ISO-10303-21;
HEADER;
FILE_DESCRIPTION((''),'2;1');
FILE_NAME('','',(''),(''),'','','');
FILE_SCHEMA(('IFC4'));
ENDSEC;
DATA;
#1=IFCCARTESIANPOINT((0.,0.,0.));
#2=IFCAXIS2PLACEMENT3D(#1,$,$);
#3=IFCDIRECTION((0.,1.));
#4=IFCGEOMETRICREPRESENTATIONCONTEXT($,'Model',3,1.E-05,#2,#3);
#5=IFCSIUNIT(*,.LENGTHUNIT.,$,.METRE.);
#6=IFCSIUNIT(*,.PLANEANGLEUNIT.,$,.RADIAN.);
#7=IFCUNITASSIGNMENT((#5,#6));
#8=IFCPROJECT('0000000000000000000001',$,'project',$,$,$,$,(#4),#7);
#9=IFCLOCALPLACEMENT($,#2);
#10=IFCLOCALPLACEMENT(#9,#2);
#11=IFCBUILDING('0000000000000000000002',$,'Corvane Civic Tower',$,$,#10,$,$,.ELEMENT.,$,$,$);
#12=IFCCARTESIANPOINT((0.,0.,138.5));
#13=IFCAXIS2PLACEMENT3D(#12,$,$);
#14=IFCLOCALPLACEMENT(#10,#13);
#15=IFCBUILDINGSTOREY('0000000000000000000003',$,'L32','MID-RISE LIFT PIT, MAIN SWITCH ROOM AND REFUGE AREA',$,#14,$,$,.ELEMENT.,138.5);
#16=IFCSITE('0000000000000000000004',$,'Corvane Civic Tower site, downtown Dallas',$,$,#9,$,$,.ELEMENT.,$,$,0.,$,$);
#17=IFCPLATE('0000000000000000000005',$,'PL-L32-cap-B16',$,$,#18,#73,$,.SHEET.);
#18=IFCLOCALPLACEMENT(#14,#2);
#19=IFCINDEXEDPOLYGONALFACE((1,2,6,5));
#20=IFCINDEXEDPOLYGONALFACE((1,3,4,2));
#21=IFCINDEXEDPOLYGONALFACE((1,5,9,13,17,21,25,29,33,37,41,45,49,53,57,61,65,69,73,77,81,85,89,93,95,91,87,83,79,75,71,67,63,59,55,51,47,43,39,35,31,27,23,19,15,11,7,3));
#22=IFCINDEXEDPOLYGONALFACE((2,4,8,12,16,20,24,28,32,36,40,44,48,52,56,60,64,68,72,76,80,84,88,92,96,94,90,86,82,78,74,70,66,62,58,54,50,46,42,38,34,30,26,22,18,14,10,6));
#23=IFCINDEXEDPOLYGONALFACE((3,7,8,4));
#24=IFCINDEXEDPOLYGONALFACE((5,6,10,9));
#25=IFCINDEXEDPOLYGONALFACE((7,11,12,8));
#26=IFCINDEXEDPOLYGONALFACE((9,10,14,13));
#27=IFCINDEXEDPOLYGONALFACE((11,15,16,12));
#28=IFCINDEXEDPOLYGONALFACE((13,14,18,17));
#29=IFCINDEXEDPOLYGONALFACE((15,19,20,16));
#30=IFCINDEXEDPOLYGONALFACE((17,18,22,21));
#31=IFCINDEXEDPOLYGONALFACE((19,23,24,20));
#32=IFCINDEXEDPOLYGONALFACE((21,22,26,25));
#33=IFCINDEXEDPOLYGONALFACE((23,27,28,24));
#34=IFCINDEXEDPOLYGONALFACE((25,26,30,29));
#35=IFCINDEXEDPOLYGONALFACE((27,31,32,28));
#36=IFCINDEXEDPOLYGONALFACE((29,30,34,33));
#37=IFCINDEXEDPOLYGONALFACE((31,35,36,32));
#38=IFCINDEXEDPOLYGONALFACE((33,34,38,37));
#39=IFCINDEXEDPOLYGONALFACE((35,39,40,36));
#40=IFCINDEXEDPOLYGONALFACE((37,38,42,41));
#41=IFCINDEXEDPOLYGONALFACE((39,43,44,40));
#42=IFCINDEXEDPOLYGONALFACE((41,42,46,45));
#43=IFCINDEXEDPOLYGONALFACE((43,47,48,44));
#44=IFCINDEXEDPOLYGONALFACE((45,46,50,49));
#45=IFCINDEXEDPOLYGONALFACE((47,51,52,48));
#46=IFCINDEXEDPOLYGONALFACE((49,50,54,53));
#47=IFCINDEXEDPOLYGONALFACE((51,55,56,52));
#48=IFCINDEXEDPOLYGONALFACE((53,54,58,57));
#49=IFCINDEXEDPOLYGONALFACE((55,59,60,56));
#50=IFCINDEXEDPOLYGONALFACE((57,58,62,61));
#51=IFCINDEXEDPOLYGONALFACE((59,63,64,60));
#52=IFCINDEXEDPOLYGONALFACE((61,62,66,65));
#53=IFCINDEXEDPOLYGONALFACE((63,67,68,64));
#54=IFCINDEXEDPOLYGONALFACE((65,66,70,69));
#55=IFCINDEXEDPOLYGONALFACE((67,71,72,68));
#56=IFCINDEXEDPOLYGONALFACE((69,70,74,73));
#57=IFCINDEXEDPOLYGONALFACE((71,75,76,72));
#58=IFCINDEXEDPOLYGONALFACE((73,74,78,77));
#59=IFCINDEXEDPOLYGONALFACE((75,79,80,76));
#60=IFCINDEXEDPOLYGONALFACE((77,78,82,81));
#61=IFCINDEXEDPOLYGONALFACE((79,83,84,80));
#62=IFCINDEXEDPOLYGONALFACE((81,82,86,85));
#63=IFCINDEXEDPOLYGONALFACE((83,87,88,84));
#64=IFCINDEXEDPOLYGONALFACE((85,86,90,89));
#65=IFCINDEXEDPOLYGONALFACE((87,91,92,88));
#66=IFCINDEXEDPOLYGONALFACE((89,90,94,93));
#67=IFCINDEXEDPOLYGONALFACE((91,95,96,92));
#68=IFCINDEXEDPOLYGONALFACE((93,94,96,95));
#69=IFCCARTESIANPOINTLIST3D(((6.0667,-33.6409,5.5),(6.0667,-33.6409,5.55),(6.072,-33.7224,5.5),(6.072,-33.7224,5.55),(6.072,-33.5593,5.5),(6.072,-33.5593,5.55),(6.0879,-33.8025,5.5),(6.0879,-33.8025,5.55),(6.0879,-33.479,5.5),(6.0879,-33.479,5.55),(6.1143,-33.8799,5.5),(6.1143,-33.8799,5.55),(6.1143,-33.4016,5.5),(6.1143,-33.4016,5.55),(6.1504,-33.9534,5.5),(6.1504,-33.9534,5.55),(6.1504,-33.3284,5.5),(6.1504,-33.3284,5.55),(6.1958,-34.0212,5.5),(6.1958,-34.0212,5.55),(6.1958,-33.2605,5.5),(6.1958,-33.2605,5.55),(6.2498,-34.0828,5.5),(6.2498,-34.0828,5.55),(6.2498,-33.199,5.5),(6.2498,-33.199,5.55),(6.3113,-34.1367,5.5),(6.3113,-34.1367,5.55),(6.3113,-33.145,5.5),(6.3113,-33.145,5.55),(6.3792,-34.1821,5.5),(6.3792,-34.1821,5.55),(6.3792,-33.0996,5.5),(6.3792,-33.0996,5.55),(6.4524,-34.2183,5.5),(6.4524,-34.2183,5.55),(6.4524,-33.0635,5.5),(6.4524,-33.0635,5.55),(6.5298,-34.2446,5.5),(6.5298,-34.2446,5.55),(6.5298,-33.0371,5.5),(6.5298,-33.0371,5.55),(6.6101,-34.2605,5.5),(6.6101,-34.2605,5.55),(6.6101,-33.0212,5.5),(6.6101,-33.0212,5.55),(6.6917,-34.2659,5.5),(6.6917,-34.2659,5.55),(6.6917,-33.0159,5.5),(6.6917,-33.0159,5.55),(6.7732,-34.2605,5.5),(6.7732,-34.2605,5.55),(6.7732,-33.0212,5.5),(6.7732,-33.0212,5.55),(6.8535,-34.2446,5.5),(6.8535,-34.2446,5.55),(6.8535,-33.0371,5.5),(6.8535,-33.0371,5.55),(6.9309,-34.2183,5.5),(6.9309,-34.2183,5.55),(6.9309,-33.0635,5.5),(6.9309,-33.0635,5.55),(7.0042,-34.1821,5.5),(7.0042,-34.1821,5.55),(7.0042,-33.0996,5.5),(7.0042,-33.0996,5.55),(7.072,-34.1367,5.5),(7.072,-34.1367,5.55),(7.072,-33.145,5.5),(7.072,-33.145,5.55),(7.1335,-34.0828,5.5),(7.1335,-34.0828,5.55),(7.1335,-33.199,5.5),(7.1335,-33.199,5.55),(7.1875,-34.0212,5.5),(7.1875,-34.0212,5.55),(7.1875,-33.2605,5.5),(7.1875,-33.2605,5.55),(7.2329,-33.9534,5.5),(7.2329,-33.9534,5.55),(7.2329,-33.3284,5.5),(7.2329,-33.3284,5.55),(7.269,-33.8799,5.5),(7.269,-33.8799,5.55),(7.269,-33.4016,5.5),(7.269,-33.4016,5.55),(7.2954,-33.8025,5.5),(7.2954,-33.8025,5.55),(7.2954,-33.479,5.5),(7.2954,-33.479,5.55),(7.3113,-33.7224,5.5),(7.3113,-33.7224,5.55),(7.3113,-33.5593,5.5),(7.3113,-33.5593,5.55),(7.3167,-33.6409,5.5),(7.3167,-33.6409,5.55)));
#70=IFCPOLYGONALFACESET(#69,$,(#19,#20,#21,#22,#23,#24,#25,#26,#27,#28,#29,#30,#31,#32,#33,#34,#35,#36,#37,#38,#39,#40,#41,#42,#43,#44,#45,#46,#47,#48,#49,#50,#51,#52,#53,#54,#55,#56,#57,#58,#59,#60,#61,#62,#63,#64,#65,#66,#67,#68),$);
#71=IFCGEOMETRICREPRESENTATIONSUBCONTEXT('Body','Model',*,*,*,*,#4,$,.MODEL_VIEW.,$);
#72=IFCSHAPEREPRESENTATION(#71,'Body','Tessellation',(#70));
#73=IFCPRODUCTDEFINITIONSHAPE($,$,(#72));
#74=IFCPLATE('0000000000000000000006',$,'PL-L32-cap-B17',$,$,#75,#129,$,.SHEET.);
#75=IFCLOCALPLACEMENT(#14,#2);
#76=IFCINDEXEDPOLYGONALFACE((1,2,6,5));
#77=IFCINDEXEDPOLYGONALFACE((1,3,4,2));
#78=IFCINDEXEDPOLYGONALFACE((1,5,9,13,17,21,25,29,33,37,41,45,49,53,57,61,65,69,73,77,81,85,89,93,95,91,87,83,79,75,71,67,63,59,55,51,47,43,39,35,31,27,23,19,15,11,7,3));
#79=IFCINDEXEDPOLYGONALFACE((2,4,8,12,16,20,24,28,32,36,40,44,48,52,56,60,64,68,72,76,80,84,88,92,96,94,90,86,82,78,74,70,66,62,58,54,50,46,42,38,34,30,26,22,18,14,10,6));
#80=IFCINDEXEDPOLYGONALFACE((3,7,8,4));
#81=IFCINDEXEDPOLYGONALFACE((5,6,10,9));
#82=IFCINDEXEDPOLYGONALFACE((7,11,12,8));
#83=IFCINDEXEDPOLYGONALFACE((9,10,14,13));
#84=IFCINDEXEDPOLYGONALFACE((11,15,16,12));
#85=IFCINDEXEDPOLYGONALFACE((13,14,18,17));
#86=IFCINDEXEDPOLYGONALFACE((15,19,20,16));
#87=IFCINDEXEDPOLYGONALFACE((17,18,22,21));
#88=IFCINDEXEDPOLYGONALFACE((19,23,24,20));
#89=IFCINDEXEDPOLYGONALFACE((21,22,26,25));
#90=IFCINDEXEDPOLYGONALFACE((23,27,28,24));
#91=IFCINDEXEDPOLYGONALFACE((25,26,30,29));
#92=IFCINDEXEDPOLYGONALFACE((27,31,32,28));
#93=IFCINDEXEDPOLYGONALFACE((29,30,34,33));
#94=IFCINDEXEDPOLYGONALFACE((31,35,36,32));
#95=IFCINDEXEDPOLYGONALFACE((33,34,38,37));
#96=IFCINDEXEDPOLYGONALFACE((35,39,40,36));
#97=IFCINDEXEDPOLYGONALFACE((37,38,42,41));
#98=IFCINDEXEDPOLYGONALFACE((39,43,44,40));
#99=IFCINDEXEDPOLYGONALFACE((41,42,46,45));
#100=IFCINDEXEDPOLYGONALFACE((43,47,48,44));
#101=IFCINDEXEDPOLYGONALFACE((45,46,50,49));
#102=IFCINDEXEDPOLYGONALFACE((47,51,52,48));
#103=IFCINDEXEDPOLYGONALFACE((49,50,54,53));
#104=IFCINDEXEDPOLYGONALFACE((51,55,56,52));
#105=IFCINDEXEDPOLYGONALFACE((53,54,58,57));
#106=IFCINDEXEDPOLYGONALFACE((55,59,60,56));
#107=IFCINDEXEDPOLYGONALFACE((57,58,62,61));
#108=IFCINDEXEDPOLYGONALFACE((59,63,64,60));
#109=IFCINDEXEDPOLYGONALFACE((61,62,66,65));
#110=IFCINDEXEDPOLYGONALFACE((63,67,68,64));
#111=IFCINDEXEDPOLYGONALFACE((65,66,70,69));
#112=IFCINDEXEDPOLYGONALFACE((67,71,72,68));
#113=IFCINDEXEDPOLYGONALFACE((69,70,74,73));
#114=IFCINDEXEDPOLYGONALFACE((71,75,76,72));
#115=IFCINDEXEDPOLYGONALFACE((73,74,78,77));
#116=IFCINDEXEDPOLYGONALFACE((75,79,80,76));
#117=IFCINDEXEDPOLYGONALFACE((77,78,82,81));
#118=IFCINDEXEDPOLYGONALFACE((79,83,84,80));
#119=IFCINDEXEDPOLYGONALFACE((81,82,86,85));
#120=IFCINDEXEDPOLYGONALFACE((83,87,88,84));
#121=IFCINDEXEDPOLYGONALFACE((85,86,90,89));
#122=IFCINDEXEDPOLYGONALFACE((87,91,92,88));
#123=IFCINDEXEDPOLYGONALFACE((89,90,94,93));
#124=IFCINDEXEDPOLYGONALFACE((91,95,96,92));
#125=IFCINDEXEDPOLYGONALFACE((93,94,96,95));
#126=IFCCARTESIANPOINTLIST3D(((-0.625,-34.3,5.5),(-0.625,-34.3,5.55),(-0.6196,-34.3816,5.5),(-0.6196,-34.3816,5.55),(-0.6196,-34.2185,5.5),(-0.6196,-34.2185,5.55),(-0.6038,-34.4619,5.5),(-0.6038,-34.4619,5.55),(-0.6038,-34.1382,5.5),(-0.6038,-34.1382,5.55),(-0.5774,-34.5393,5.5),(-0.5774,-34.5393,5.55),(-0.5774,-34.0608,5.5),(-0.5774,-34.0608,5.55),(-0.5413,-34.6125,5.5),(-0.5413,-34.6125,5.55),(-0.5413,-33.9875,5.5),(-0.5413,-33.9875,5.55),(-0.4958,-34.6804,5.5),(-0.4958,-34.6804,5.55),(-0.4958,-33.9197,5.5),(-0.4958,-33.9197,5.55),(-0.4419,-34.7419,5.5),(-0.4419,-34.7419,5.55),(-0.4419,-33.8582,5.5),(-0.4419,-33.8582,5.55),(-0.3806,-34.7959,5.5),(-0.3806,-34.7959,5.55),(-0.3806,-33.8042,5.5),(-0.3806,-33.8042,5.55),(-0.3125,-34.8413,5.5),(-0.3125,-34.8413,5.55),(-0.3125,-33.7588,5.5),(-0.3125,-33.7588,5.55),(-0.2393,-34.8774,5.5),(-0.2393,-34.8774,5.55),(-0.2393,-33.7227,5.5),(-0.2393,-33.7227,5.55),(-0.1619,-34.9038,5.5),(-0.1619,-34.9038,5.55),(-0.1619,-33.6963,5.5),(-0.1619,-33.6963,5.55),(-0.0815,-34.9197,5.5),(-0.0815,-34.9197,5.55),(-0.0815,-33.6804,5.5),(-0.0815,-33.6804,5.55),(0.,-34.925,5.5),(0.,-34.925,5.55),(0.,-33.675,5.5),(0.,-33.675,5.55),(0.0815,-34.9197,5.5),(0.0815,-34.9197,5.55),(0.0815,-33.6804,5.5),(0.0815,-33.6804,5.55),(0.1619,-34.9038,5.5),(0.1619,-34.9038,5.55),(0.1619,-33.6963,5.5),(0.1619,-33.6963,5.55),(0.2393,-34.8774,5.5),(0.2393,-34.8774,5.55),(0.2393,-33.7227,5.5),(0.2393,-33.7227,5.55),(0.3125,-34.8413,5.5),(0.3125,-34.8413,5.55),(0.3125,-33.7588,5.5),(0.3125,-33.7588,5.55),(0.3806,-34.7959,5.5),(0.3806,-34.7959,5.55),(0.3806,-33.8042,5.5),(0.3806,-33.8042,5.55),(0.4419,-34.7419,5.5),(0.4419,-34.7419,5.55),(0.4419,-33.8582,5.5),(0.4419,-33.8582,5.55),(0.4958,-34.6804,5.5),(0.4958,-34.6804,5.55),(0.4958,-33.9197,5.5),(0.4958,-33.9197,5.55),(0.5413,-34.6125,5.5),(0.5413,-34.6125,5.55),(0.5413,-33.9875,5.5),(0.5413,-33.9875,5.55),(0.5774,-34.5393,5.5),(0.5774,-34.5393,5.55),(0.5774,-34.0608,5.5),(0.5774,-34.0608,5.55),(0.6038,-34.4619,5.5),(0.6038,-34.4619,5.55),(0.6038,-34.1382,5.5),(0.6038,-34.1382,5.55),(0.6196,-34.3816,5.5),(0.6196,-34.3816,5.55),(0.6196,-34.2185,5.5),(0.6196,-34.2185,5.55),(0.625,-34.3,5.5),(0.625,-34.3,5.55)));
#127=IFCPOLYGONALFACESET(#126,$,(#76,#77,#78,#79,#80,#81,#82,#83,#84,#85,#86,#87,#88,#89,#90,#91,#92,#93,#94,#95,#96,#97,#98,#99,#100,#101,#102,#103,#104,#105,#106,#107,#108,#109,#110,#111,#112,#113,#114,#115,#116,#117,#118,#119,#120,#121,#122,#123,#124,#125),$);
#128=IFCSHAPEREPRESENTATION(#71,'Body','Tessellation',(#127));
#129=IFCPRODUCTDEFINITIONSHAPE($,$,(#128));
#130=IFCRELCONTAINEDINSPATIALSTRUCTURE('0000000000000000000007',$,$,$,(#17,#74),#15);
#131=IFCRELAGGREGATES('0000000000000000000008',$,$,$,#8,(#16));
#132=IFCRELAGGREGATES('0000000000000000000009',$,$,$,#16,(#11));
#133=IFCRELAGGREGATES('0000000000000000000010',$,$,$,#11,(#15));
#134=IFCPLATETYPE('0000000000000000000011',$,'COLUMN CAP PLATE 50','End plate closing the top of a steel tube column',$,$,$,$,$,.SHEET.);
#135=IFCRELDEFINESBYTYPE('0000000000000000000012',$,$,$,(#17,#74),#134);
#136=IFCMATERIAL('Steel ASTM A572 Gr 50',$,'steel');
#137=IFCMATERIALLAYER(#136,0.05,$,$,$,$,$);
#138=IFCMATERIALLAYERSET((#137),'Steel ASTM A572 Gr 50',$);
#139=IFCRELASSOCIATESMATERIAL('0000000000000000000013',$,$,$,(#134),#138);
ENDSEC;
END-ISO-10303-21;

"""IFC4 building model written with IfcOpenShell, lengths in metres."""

from ifc_helpers import new_model, si_unit, direction, frame, origin, place, context, subcontext, project, spatial, polyline, outline, extrude, material, layer, layer_set, type_object, element, save


model = new_model("IFC4")

# Units and contexts
model_context = context("Model", 3, precision=1e-05, world=origin(), true_north=direction((0.0, 1.0)))
body_context = subcontext(model_context, "Body", "Model", "MODEL_VIEW")
ifc_project = project(units=[si_unit("LENGTHUNIT", "METRE"), si_unit("PLANEANGLEUNIT", "RADIAN")], contexts=[model_context])

# Site, building, storey
site_placement = place(None, origin())
site = spatial("IfcSite", under=ifc_project, at=site_placement, Name="Corvane Civic Tower site, downtown Dallas", CompositionType="ELEMENT", RefElevation=0.0)
building_placement = place(site_placement, origin())
building = spatial("IfcBuilding", under=site, at=building_placement, Name="Corvane Civic Tower", CompositionType="ELEMENT")
storey_placement = place(building_placement, frame((0.0, 0.0, 138.5)))
storey = spatial("IfcBuildingStorey", under=building, at=storey_placement, Name="L32", Description="MID-RISE LIFT PIT, MAIN SWITCH ROOM AND REFUGE AREA", CompositionType="ELEMENT", Elevation=138.5)

# Plates
ifc_material_1 = material(Name="Steel ASTM A572 Gr 50", Category="steel")
ifc_layer_1 = layer(ifc_material_1, 0.05)
ifc_layer_set_1 = layer_set([ifc_layer_1], Name="Steel ASTM A572 Gr 50")
plate_type = type_object("IfcPlateType", Name="COLUMN CAP PLATE 50", Description="End plate closing the top of a steel tube column", PredefinedType="SHEET", material=ifc_layer_set_1)
plate_1_placement = place(storey_placement, frame((0.0, 0.0, 5.5)))
element("IfcPlate", 1, at=plate_1_placement, inside=storey, type_object=plate_type, Name="PL-L32-cap-B16", PredefinedType="SHEET", context=body_context, shape_type="SweptSolid", body=[
    extrude(outline(polyline([(7.3167, -33.6409), (7.3113, -33.5593), (7.2954, -33.479), (7.269, -33.4016), (7.2329, -33.3284), (7.1875, -33.2605), (7.1335, -33.199), (7.072, -33.145), (7.0042, -33.0996), (6.9309, -33.0635), (6.8535, -33.0371), (6.7732, -33.0212), (6.6917, -33.0159), (6.6101, -33.0212), (6.5298, -33.0371), (6.4524, -33.0635), (6.3792, -33.0996), (6.3113, -33.145), (6.2498, -33.199), (6.1958, -33.2605), (6.1504, -33.3284), (6.1143, -33.4016), (6.0879, -33.479), (6.072, -33.5593), (6.0667, -33.6409), (6.072, -33.7224), (6.0879, -33.8025), (6.1143, -33.8799), (6.1504, -33.9534), (6.1958, -34.0212), (6.2498, -34.0828), (6.3113, -34.1367), (6.3792, -34.1821), (6.4524, -34.2183), (6.5298, -34.2446), (6.6101, -34.2605), (6.6917, -34.2659), (6.7732, -34.2605), (6.8535, -34.2446), (6.9309, -34.2183), (7.0042, -34.1821), (7.072, -34.1367), (7.1335, -34.0828), (7.1875, -34.0212), (7.2329, -33.9534), (7.269, -33.8799), (7.2954, -33.8025), (7.3113, -33.7224), (7.3167, -33.6409)])), origin(), (0.0, 0.0, 1.0), 0.05),
])
plate_2_placement = place(storey_placement, frame((0.0, 0.0, 5.5)))
element("IfcPlate", 2, at=plate_2_placement, inside=storey, type_object=plate_type, Name="PL-L32-cap-B17", PredefinedType="SHEET", context=body_context, shape_type="SweptSolid", body=[
    extrude(outline(polyline([(0.625, -34.3), (0.6196, -34.2185), (0.6038, -34.1382), (0.5774, -34.0608), (0.5413, -33.9875), (0.4958, -33.9197), (0.4419, -33.8582), (0.3806, -33.8042), (0.3125, -33.7588), (0.2393, -33.7227), (0.1619, -33.6963), (0.0815, -33.6804), (0.0, -33.675), (-0.0815, -33.6804), (-0.1619, -33.6963), (-0.2393, -33.7227), (-0.3125, -33.7588), (-0.3806, -33.8042), (-0.4419, -33.8582), (-0.4958, -33.9197), (-0.5413, -33.9875), (-0.5774, -34.0608), (-0.6038, -34.1382), (-0.6196, -34.2185), (-0.625, -34.3), (-0.6196, -34.3816), (-0.6038, -34.4619), (-0.5774, -34.5393), (-0.5413, -34.6125), (-0.4958, -34.6804), (-0.4419, -34.7419), (-0.3806, -34.7959), (-0.3125, -34.8413), (-0.2393, -34.8774), (-0.1619, -34.9038), (-0.0815, -34.9197), (0.0, -34.925), (0.0815, -34.9197), (0.1619, -34.9038), (0.2393, -34.8774), (0.3125, -34.8413), (0.3806, -34.7959), (0.4419, -34.7419), (0.4958, -34.6804), (0.5413, -34.6125), (0.5774, -34.5393), (0.6038, -34.4619), (0.6196, -34.3816), (0.625, -34.3)])), origin(), (0.0, 0.0, 1.0), 0.05),
])

save(model, "model.ifc")
